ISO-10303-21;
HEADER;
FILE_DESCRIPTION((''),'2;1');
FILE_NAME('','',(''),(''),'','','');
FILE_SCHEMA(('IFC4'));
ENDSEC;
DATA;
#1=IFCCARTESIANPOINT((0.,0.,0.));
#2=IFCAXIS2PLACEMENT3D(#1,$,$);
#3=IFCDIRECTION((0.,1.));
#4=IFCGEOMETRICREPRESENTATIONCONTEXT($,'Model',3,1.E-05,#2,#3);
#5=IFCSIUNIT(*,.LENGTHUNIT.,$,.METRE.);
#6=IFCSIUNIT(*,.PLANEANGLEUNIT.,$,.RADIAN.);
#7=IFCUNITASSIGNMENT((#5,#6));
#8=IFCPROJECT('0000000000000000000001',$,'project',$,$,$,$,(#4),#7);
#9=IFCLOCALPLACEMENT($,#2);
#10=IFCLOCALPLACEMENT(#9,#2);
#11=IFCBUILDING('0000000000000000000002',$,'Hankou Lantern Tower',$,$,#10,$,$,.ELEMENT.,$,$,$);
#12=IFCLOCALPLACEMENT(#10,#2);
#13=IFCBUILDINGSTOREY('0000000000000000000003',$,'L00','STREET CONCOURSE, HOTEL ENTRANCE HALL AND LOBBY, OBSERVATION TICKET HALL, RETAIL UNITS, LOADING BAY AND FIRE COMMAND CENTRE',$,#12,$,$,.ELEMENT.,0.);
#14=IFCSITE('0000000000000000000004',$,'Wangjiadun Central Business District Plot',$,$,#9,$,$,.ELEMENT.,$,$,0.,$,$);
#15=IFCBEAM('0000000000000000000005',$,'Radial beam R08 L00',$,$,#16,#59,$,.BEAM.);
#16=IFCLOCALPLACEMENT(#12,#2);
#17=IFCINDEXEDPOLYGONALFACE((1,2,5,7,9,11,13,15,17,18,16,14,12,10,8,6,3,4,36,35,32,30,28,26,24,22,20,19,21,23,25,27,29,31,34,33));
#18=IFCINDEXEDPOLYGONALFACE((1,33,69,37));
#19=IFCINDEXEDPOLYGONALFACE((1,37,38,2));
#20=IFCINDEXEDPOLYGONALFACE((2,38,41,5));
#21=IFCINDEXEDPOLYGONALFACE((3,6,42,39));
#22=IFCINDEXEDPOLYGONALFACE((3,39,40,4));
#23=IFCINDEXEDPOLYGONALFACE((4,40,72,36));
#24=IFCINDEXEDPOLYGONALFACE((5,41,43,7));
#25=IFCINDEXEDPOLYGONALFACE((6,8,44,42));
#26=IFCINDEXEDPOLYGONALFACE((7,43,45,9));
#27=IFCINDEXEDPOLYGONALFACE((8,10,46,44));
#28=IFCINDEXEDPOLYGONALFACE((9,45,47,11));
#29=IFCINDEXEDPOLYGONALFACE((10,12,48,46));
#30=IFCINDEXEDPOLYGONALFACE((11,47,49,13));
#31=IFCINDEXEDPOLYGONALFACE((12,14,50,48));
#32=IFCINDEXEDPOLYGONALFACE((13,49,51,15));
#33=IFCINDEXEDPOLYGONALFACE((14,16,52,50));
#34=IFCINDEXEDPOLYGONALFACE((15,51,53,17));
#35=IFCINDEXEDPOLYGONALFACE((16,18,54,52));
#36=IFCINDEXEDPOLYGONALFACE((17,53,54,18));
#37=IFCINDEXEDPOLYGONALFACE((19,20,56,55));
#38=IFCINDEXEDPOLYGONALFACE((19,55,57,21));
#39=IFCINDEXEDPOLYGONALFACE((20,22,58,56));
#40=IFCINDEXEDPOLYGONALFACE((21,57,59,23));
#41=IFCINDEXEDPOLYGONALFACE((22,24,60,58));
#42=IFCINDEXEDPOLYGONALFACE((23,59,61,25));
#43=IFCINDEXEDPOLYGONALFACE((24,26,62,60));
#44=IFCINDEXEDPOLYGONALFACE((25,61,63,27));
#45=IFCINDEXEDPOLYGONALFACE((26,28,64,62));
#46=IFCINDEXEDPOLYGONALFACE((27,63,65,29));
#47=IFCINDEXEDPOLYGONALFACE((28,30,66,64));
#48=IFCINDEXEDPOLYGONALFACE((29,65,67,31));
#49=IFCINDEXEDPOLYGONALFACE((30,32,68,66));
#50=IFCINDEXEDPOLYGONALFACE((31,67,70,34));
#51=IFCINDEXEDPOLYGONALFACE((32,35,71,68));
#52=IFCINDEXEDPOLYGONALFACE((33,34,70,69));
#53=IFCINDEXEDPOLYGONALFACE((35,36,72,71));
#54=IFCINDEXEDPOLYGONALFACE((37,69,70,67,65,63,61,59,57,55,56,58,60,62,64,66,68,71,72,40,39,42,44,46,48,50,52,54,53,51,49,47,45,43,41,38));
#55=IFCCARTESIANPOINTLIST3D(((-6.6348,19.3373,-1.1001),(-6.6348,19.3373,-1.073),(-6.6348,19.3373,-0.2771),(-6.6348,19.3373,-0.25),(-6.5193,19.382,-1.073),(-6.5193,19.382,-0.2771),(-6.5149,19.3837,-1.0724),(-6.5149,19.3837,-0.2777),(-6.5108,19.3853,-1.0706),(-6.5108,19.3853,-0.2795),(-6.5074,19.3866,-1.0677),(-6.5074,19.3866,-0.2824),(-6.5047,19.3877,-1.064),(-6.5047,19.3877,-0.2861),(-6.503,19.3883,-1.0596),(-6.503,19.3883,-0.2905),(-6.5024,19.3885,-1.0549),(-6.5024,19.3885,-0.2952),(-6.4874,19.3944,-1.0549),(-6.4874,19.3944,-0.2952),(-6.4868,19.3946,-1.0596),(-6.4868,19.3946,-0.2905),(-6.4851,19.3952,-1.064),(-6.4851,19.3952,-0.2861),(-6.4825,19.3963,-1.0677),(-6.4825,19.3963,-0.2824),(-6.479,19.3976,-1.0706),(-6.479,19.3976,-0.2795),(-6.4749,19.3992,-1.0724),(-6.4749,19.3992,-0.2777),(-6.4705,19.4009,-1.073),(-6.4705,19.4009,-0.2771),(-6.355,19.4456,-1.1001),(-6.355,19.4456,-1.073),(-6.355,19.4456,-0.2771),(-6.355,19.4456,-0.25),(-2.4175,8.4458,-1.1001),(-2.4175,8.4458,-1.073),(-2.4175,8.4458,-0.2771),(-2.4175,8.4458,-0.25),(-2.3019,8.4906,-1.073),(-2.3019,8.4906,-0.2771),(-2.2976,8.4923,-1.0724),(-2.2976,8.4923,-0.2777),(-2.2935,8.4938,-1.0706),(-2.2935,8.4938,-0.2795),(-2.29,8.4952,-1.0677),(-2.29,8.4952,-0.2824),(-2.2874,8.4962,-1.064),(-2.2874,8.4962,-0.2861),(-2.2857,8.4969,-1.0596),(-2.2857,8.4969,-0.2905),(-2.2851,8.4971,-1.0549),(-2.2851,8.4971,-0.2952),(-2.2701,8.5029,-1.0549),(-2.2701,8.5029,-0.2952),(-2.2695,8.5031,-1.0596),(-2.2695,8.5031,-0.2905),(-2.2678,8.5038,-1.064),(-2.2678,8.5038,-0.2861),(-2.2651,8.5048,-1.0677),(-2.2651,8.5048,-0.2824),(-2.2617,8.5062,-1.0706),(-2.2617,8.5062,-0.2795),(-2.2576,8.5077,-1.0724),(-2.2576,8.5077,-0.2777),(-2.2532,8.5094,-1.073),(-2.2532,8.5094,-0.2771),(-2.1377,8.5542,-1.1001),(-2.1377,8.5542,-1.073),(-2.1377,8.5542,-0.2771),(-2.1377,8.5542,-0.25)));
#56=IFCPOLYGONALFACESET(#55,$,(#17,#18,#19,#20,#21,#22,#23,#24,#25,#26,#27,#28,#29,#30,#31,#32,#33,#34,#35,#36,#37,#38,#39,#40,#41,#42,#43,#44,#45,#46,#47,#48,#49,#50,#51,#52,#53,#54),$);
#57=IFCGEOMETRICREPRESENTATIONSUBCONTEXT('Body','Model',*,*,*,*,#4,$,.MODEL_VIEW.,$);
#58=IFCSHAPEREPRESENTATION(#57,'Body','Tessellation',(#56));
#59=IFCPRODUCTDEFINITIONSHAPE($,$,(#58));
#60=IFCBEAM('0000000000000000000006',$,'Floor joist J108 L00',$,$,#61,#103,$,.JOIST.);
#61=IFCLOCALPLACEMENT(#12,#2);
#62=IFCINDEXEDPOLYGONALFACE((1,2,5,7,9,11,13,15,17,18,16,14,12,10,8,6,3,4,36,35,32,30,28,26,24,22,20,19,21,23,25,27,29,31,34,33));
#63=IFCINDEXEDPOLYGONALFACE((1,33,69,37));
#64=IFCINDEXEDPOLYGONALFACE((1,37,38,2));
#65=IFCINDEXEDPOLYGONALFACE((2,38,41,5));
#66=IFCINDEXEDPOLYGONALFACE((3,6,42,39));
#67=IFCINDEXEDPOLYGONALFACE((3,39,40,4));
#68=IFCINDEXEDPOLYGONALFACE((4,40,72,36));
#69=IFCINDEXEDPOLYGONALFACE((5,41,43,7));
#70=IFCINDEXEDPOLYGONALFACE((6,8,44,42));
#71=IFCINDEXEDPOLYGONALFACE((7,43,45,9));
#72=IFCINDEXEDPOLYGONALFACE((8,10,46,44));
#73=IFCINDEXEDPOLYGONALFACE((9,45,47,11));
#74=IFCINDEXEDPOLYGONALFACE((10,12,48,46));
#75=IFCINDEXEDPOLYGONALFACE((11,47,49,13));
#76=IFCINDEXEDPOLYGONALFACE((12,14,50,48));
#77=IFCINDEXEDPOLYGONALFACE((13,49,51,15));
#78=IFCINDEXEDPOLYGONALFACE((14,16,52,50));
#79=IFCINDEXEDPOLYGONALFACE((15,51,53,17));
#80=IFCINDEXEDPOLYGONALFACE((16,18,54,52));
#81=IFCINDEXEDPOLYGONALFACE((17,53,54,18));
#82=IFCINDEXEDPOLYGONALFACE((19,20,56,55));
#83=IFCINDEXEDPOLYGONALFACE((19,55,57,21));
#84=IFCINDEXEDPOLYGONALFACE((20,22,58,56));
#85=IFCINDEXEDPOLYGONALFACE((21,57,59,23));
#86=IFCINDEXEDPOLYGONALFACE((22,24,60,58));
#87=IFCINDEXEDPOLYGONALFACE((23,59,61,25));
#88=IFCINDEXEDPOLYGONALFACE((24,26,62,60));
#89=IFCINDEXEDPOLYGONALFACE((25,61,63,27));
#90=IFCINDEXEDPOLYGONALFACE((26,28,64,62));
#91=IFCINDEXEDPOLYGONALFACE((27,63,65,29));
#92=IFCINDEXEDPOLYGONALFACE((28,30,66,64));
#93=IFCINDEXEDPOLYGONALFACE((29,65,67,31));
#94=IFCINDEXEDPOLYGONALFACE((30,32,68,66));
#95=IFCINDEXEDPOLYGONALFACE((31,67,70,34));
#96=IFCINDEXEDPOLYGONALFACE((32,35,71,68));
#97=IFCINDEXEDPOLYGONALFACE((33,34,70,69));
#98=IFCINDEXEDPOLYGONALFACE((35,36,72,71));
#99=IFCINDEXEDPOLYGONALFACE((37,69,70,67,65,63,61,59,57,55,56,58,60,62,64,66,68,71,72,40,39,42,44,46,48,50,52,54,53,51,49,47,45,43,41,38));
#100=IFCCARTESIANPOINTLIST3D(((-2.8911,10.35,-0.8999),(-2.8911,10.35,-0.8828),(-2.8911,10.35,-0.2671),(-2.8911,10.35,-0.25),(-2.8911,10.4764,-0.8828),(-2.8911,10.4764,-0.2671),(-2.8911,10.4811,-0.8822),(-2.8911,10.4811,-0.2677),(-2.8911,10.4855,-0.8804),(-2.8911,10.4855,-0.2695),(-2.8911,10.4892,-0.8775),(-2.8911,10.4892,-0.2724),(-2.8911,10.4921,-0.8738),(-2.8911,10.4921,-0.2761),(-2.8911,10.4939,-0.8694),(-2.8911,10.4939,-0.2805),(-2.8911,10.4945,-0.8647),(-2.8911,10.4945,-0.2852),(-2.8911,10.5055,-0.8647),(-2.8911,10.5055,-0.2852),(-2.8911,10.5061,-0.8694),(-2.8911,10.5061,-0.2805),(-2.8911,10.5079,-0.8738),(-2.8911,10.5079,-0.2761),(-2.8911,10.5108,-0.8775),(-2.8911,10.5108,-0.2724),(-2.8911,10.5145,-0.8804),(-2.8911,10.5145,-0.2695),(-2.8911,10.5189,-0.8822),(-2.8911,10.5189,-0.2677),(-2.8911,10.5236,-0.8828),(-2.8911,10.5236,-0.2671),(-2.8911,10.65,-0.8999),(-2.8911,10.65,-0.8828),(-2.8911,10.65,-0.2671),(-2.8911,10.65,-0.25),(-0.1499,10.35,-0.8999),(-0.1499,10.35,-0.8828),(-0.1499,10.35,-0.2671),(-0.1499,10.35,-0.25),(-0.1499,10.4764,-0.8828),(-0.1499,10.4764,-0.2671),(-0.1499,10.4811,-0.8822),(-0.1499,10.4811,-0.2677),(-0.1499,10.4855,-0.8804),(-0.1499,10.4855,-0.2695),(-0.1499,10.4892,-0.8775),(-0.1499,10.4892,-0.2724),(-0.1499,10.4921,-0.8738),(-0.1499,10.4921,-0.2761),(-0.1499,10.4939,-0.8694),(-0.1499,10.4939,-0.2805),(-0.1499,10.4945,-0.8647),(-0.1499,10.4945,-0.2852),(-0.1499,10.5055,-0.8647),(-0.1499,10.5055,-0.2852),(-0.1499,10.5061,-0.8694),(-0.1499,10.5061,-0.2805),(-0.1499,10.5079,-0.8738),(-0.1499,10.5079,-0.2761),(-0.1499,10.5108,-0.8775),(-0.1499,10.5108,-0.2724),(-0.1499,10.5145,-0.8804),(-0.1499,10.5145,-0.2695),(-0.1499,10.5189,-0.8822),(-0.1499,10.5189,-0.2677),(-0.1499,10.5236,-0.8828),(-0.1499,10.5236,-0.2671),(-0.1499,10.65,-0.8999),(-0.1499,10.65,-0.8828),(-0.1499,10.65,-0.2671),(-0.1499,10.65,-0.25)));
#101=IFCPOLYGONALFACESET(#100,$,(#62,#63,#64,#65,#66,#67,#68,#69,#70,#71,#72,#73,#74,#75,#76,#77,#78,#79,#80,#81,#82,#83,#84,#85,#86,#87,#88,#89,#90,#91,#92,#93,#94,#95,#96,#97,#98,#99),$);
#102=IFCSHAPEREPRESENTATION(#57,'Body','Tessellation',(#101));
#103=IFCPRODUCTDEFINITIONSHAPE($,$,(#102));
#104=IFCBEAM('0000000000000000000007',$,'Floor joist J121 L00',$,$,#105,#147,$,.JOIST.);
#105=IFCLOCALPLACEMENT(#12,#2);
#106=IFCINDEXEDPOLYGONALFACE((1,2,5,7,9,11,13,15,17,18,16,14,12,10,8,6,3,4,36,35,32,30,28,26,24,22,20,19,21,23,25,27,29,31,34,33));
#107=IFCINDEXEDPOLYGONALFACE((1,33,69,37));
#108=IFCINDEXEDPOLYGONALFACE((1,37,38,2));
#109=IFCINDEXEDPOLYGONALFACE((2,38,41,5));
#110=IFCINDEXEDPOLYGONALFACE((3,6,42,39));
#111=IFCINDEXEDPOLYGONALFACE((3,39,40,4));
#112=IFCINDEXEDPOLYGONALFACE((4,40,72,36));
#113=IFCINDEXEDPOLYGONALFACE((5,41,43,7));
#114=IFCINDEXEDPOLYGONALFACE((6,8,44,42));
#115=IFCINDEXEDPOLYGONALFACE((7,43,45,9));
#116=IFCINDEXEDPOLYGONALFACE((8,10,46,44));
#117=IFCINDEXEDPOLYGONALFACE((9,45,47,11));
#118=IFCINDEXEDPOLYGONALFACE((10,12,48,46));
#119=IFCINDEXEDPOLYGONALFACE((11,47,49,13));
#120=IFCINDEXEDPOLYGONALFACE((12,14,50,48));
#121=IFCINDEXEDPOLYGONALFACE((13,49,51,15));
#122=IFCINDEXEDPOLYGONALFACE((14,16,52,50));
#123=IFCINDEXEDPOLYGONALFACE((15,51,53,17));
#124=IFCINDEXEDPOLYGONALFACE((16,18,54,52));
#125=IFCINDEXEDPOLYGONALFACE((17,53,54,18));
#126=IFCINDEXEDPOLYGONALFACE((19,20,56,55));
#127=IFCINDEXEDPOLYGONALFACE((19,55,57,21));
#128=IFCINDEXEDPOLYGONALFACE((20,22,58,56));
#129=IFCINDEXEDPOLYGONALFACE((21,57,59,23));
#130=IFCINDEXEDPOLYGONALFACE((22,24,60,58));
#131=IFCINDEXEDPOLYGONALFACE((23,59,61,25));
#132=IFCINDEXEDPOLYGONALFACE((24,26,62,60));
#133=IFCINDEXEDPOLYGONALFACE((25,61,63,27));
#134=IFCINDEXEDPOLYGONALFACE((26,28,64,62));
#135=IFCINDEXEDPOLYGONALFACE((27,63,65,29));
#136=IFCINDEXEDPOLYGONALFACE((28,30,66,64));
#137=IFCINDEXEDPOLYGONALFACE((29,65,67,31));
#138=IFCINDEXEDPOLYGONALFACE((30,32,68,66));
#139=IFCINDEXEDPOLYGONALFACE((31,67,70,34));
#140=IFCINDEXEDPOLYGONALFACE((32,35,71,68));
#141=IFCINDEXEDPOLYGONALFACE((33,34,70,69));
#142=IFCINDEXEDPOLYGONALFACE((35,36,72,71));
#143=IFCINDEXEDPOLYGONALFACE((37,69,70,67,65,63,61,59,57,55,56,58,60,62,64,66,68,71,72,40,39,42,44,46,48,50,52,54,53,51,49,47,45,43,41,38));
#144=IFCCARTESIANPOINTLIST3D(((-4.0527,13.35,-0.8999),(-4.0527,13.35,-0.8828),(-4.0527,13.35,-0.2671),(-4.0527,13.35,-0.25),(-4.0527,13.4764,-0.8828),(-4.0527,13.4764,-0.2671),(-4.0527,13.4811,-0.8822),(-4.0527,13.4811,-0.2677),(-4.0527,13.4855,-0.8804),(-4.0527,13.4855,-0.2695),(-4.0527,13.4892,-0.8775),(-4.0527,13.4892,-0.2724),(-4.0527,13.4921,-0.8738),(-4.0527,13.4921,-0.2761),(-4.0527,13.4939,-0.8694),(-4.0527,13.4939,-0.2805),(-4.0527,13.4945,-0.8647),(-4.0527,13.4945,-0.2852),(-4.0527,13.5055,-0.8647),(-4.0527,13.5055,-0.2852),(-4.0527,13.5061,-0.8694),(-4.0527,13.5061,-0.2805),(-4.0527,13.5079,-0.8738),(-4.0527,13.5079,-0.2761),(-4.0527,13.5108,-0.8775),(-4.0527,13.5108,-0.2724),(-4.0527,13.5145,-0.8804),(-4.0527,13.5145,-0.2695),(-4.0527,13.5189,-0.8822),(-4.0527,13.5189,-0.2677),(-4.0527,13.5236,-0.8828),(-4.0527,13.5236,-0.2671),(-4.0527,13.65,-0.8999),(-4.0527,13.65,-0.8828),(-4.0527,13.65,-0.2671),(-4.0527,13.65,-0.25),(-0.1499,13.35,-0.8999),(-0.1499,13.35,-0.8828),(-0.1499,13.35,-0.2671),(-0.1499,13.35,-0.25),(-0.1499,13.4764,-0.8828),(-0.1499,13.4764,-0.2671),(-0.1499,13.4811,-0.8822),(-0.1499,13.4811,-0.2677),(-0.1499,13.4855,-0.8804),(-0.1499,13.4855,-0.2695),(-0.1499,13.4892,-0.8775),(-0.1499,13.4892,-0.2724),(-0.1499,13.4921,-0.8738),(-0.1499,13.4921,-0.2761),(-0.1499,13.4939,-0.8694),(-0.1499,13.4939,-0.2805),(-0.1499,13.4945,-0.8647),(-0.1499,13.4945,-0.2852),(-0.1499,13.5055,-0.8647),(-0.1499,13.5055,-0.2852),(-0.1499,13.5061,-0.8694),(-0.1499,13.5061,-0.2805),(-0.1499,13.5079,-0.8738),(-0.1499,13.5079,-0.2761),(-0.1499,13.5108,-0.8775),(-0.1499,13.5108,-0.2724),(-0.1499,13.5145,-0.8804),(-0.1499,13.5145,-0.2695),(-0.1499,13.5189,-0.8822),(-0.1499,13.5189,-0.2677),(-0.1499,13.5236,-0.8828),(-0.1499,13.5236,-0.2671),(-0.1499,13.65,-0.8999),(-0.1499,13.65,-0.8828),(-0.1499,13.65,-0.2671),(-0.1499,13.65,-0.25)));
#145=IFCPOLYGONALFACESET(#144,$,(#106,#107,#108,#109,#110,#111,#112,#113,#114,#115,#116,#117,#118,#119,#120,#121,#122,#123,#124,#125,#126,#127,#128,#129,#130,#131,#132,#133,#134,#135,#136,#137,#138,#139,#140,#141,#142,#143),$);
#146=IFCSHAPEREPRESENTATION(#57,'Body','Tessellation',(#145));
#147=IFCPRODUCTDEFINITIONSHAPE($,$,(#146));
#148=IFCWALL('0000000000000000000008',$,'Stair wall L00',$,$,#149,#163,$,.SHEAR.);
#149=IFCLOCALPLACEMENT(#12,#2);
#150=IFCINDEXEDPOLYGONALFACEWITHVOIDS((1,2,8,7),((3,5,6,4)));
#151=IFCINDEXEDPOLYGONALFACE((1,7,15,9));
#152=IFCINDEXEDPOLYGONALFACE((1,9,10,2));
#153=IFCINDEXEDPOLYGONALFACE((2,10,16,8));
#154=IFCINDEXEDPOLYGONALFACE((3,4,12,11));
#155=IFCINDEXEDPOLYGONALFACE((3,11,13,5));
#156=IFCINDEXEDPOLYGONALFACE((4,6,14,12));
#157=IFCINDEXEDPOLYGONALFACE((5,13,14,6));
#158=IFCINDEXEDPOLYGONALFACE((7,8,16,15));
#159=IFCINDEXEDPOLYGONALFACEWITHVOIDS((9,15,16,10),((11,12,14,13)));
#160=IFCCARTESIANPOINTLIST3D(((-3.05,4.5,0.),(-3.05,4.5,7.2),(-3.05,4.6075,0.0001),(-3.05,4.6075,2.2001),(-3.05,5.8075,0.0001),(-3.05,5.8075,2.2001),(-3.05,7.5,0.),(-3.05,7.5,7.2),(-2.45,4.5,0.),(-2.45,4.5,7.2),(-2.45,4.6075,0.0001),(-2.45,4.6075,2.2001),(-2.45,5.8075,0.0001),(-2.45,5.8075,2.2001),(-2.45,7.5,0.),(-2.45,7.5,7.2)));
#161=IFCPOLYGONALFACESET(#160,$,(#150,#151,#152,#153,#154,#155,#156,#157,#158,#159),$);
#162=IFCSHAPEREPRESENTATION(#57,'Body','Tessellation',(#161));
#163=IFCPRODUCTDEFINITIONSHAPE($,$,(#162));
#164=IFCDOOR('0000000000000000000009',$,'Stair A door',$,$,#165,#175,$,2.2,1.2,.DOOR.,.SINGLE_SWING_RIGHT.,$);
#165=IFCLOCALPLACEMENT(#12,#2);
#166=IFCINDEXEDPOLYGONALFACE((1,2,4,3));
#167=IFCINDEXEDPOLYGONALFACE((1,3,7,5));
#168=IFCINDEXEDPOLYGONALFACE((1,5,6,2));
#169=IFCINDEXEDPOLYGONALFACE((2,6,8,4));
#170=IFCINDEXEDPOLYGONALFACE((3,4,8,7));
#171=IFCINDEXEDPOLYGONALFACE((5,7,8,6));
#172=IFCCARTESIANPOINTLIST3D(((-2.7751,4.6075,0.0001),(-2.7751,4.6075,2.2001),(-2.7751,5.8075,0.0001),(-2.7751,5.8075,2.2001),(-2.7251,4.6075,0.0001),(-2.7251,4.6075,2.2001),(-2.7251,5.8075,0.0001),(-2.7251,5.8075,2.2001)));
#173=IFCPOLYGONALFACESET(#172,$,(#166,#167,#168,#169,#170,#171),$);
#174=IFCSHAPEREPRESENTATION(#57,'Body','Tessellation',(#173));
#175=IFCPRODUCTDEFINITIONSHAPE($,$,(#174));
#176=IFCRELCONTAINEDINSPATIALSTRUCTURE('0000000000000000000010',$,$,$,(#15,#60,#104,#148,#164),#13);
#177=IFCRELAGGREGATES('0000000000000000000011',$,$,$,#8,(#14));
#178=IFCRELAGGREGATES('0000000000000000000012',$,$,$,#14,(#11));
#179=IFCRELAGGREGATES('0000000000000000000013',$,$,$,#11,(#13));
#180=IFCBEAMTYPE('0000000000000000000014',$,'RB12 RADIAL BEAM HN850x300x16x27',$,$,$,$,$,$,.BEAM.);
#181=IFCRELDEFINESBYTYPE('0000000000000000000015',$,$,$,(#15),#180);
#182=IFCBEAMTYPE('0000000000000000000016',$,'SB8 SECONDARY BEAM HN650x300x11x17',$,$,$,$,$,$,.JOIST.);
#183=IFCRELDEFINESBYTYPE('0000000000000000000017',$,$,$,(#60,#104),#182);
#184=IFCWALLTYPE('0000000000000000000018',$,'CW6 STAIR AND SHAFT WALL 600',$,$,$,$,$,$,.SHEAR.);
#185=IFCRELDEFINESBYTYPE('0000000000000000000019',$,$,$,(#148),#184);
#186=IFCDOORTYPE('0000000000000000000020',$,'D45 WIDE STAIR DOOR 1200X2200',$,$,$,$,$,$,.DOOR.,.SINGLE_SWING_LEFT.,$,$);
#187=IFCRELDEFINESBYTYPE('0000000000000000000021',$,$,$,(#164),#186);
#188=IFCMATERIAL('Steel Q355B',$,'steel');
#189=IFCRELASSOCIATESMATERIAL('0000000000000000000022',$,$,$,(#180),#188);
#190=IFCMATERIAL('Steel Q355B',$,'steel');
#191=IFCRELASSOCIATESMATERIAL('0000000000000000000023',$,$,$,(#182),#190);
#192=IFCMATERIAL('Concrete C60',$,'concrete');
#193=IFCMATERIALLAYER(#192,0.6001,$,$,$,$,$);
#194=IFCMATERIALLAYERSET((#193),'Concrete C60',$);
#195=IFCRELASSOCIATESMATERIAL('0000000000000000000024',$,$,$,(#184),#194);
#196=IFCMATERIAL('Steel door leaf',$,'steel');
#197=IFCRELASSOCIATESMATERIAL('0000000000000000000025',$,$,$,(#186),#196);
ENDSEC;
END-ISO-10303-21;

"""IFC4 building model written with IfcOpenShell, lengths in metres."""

from ifc_helpers import new_model, si_unit, direction, frame, frame_2d, origin, origin_2d, place, context, subcontext, project, spatial, rectangle, i_section, extrude, material, layer, layer_set, material_profile, profile_set, type_object, element, fill, save


model = new_model("IFC4")

# Units and contexts
model_context = context("Model", 3, precision=1e-05, world=origin(), true_north=direction((0.0, 1.0)))
body_context = subcontext(model_context, "Body", "Model", "MODEL_VIEW")
ifc_project = project(units=[si_unit("LENGTHUNIT", "METRE"), si_unit("PLANEANGLEUNIT", "RADIAN")], contexts=[model_context])

# Site, building, storey
site_placement = place(None, origin())
site = spatial("IfcSite", under=ifc_project, at=site_placement, Name="Wangjiadun Central Business District Plot", CompositionType="ELEMENT", RefElevation=0.0)
building_placement = place(site_placement, origin())
building = spatial("IfcBuilding", under=site, at=building_placement, Name="Hankou Lantern Tower", CompositionType="ELEMENT")
storey_placement = place(building_placement, origin())
storey = spatial("IfcBuildingStorey", under=building, at=storey_placement, Name="L00", Description="STREET CONCOURSE, HOTEL ENTRANCE HALL AND LOBBY, OBSERVATION TICKET HALL, RETAIL UNITS, LOADING BAY AND FIRE COMMAND CENTRE", CompositionType="ELEMENT", Elevation=0.0)

# Beams
ifc_material_1 = material(Name="Steel Q355B", Category="steel")
ifc_material_profile_1 = material_profile(ifc_material_1, i_section(OverallWidth=0.3, OverallDepth=0.8501, WebThickness=0.0161, FlangeThickness=0.0271, FilletRadius=0.0181, at=origin_2d()), Name="HN850x300x16x27")
ifc_profile_set_1 = profile_set([ifc_material_profile_1], Name="Steel Q355B")
beam_type_1 = type_object("IfcBeamType", Name="RB12 RADIAL BEAM HN850x300x16x27", PredefinedType="BEAM", material=ifc_profile_set_1)
beam_1_placement = place(storey_placement, frame((-2.2776, 8.5, -0.675), z_axis=(-0.361089, 0.932531, 0.0), x_axis=(-0.932531, -0.361089, 0.0)))
element("IfcBeam", 1, at=beam_1_placement, inside=storey, type_object=beam_type_1, Name="Radial beam R08 L00", PredefinedType="BEAM", context=body_context, shape_type="SweptSolid", body=[
    extrude(i_section(OverallWidth=0.3, OverallDepth=0.8501, WebThickness=0.0161, FlangeThickness=0.0271, FilletRadius=0.0181, at=origin_2d()), origin(), (0.0, 0.0, 1.0), 11.6794),
])
ifc_material_2 = material(Name="Steel Q355B", Category="steel")
ifc_material_profile_2 = material_profile(ifc_material_2, i_section(OverallWidth=0.3, OverallDepth=0.6499, WebThickness=0.011, FlangeThickness=0.0171, FilletRadius=0.0181, at=origin_2d()), Name="HN650x300x11x17")
ifc_profile_set_2 = profile_set([ifc_material_profile_2], Name="Steel Q355B")
beam_type_2 = type_object("IfcBeamType", Name="SB8 SECONDARY BEAM HN650x300x11x17", PredefinedType="JOIST", material=ifc_profile_set_2)
beam_2_placement = place(storey_placement, frame((-2.8911, 10.5, -0.575), z_axis=(1.0, 0.0, 0.0), x_axis=(0.0, 1.0, 0.0)))
element("IfcBeam", 2, at=beam_2_placement, inside=storey, type_object=beam_type_2, Name="Floor joist J108 L00", PredefinedType="JOIST", context=body_context, shape_type="SweptSolid", body=[
    extrude(i_section(OverallWidth=0.3, OverallDepth=0.6499, WebThickness=0.011, FlangeThickness=0.0171, FilletRadius=0.0181, at=origin_2d()), origin(), (0.0, 0.0, 1.0), 2.7412),
])
beam_3_placement = place(storey_placement, frame((-4.0527, 13.5, -0.575), z_axis=(1.0, 0.0, 0.0), x_axis=(0.0, 1.0, 0.0)))
element("IfcBeam", 3, at=beam_3_placement, inside=storey, type_object=beam_type_2, Name="Floor joist J121 L00", PredefinedType="JOIST", context=body_context, shape_type="SweptSolid", body=[
    extrude(i_section(OverallWidth=0.3, OverallDepth=0.6499, WebThickness=0.011, FlangeThickness=0.0171, FilletRadius=0.0181, at=origin_2d()), origin(), (0.0, 0.0, 1.0), 3.9028),
])

# Wall, opening, door
ifc_material_3 = material(Name="Concrete C60", Category="concrete")
ifc_layer_1 = layer(ifc_material_3, 0.6001)
ifc_layer_set_1 = layer_set([ifc_layer_1], Name="Concrete C60")
wall_type_1 = type_object("IfcWallType", Name="CW6 STAIR AND SHAFT WALL 600", PredefinedType="SHEAR", material=ifc_layer_set_1)
wall_1_placement = place(storey_placement, frame((-2.75, 7.5, 0.0), z_axis=(0.0, 0.0, 1.0), x_axis=(0.0, -1.0, 0.0)))
wall_1 = element("IfcWall", 4, at=wall_1_placement, inside=storey, type_object=wall_type_1, Name="Stair wall L00", PredefinedType="SHEAR", context=body_context, shape_type="SweptSolid", body=[
    extrude(rectangle(XDim=3.0, YDim=0.6001, at=frame_2d((1.5, 0.0))), origin(), (0.0, 0.0, 1.0), 7.2),
])
opening_placement = place(wall_1_placement, frame((1.6924, 0.0, 0.0)))
opening = element("IfcOpeningElement", 5, at=opening_placement, cuts=wall_1, PredefinedType="OPENING", context=body_context, shape_type="SweptSolid", body=[
    extrude(rectangle(XDim=1.2, YDim=2.2, at=frame_2d((0.6001, 1.1001))), frame((0.0, 0.3101, 0.0), z_axis=(0.0, -1.0, 0.0), x_axis=(1.0, 0.0, 0.0)), (0.0, 0.0, 1.0), 0.6201),
])
ifc_material_4 = material(Name="Steel door leaf", Category="steel")
door_type = type_object("IfcDoorType", Name="D45 WIDE STAIR DOOR 1200X2200", OperationType="SINGLE_SWING_LEFT", PredefinedType="DOOR", material=ifc_material_4)
door_placement = place(opening_placement, origin())
door = element("IfcDoor", 6, at=door_placement, inside=storey, type_object=door_type, Name="Stair A door", OperationType="SINGLE_SWING_RIGHT", OverallHeight=2.2, OverallWidth=1.2, PredefinedType="DOOR", context=body_context, shape_type="SweptSolid", body=[
    extrude(rectangle(XDim=1.2, YDim=2.2, at=frame_2d((0.6001, 1.1001))), frame((0.0, 0.0249, 0.0), z_axis=(0.0, -1.0, 0.0), x_axis=(1.0, 0.0, 0.0)), (0.0, 0.0, 1.0), 0.05),
])
fill(opening, door)

save(model, "model.ifc")
